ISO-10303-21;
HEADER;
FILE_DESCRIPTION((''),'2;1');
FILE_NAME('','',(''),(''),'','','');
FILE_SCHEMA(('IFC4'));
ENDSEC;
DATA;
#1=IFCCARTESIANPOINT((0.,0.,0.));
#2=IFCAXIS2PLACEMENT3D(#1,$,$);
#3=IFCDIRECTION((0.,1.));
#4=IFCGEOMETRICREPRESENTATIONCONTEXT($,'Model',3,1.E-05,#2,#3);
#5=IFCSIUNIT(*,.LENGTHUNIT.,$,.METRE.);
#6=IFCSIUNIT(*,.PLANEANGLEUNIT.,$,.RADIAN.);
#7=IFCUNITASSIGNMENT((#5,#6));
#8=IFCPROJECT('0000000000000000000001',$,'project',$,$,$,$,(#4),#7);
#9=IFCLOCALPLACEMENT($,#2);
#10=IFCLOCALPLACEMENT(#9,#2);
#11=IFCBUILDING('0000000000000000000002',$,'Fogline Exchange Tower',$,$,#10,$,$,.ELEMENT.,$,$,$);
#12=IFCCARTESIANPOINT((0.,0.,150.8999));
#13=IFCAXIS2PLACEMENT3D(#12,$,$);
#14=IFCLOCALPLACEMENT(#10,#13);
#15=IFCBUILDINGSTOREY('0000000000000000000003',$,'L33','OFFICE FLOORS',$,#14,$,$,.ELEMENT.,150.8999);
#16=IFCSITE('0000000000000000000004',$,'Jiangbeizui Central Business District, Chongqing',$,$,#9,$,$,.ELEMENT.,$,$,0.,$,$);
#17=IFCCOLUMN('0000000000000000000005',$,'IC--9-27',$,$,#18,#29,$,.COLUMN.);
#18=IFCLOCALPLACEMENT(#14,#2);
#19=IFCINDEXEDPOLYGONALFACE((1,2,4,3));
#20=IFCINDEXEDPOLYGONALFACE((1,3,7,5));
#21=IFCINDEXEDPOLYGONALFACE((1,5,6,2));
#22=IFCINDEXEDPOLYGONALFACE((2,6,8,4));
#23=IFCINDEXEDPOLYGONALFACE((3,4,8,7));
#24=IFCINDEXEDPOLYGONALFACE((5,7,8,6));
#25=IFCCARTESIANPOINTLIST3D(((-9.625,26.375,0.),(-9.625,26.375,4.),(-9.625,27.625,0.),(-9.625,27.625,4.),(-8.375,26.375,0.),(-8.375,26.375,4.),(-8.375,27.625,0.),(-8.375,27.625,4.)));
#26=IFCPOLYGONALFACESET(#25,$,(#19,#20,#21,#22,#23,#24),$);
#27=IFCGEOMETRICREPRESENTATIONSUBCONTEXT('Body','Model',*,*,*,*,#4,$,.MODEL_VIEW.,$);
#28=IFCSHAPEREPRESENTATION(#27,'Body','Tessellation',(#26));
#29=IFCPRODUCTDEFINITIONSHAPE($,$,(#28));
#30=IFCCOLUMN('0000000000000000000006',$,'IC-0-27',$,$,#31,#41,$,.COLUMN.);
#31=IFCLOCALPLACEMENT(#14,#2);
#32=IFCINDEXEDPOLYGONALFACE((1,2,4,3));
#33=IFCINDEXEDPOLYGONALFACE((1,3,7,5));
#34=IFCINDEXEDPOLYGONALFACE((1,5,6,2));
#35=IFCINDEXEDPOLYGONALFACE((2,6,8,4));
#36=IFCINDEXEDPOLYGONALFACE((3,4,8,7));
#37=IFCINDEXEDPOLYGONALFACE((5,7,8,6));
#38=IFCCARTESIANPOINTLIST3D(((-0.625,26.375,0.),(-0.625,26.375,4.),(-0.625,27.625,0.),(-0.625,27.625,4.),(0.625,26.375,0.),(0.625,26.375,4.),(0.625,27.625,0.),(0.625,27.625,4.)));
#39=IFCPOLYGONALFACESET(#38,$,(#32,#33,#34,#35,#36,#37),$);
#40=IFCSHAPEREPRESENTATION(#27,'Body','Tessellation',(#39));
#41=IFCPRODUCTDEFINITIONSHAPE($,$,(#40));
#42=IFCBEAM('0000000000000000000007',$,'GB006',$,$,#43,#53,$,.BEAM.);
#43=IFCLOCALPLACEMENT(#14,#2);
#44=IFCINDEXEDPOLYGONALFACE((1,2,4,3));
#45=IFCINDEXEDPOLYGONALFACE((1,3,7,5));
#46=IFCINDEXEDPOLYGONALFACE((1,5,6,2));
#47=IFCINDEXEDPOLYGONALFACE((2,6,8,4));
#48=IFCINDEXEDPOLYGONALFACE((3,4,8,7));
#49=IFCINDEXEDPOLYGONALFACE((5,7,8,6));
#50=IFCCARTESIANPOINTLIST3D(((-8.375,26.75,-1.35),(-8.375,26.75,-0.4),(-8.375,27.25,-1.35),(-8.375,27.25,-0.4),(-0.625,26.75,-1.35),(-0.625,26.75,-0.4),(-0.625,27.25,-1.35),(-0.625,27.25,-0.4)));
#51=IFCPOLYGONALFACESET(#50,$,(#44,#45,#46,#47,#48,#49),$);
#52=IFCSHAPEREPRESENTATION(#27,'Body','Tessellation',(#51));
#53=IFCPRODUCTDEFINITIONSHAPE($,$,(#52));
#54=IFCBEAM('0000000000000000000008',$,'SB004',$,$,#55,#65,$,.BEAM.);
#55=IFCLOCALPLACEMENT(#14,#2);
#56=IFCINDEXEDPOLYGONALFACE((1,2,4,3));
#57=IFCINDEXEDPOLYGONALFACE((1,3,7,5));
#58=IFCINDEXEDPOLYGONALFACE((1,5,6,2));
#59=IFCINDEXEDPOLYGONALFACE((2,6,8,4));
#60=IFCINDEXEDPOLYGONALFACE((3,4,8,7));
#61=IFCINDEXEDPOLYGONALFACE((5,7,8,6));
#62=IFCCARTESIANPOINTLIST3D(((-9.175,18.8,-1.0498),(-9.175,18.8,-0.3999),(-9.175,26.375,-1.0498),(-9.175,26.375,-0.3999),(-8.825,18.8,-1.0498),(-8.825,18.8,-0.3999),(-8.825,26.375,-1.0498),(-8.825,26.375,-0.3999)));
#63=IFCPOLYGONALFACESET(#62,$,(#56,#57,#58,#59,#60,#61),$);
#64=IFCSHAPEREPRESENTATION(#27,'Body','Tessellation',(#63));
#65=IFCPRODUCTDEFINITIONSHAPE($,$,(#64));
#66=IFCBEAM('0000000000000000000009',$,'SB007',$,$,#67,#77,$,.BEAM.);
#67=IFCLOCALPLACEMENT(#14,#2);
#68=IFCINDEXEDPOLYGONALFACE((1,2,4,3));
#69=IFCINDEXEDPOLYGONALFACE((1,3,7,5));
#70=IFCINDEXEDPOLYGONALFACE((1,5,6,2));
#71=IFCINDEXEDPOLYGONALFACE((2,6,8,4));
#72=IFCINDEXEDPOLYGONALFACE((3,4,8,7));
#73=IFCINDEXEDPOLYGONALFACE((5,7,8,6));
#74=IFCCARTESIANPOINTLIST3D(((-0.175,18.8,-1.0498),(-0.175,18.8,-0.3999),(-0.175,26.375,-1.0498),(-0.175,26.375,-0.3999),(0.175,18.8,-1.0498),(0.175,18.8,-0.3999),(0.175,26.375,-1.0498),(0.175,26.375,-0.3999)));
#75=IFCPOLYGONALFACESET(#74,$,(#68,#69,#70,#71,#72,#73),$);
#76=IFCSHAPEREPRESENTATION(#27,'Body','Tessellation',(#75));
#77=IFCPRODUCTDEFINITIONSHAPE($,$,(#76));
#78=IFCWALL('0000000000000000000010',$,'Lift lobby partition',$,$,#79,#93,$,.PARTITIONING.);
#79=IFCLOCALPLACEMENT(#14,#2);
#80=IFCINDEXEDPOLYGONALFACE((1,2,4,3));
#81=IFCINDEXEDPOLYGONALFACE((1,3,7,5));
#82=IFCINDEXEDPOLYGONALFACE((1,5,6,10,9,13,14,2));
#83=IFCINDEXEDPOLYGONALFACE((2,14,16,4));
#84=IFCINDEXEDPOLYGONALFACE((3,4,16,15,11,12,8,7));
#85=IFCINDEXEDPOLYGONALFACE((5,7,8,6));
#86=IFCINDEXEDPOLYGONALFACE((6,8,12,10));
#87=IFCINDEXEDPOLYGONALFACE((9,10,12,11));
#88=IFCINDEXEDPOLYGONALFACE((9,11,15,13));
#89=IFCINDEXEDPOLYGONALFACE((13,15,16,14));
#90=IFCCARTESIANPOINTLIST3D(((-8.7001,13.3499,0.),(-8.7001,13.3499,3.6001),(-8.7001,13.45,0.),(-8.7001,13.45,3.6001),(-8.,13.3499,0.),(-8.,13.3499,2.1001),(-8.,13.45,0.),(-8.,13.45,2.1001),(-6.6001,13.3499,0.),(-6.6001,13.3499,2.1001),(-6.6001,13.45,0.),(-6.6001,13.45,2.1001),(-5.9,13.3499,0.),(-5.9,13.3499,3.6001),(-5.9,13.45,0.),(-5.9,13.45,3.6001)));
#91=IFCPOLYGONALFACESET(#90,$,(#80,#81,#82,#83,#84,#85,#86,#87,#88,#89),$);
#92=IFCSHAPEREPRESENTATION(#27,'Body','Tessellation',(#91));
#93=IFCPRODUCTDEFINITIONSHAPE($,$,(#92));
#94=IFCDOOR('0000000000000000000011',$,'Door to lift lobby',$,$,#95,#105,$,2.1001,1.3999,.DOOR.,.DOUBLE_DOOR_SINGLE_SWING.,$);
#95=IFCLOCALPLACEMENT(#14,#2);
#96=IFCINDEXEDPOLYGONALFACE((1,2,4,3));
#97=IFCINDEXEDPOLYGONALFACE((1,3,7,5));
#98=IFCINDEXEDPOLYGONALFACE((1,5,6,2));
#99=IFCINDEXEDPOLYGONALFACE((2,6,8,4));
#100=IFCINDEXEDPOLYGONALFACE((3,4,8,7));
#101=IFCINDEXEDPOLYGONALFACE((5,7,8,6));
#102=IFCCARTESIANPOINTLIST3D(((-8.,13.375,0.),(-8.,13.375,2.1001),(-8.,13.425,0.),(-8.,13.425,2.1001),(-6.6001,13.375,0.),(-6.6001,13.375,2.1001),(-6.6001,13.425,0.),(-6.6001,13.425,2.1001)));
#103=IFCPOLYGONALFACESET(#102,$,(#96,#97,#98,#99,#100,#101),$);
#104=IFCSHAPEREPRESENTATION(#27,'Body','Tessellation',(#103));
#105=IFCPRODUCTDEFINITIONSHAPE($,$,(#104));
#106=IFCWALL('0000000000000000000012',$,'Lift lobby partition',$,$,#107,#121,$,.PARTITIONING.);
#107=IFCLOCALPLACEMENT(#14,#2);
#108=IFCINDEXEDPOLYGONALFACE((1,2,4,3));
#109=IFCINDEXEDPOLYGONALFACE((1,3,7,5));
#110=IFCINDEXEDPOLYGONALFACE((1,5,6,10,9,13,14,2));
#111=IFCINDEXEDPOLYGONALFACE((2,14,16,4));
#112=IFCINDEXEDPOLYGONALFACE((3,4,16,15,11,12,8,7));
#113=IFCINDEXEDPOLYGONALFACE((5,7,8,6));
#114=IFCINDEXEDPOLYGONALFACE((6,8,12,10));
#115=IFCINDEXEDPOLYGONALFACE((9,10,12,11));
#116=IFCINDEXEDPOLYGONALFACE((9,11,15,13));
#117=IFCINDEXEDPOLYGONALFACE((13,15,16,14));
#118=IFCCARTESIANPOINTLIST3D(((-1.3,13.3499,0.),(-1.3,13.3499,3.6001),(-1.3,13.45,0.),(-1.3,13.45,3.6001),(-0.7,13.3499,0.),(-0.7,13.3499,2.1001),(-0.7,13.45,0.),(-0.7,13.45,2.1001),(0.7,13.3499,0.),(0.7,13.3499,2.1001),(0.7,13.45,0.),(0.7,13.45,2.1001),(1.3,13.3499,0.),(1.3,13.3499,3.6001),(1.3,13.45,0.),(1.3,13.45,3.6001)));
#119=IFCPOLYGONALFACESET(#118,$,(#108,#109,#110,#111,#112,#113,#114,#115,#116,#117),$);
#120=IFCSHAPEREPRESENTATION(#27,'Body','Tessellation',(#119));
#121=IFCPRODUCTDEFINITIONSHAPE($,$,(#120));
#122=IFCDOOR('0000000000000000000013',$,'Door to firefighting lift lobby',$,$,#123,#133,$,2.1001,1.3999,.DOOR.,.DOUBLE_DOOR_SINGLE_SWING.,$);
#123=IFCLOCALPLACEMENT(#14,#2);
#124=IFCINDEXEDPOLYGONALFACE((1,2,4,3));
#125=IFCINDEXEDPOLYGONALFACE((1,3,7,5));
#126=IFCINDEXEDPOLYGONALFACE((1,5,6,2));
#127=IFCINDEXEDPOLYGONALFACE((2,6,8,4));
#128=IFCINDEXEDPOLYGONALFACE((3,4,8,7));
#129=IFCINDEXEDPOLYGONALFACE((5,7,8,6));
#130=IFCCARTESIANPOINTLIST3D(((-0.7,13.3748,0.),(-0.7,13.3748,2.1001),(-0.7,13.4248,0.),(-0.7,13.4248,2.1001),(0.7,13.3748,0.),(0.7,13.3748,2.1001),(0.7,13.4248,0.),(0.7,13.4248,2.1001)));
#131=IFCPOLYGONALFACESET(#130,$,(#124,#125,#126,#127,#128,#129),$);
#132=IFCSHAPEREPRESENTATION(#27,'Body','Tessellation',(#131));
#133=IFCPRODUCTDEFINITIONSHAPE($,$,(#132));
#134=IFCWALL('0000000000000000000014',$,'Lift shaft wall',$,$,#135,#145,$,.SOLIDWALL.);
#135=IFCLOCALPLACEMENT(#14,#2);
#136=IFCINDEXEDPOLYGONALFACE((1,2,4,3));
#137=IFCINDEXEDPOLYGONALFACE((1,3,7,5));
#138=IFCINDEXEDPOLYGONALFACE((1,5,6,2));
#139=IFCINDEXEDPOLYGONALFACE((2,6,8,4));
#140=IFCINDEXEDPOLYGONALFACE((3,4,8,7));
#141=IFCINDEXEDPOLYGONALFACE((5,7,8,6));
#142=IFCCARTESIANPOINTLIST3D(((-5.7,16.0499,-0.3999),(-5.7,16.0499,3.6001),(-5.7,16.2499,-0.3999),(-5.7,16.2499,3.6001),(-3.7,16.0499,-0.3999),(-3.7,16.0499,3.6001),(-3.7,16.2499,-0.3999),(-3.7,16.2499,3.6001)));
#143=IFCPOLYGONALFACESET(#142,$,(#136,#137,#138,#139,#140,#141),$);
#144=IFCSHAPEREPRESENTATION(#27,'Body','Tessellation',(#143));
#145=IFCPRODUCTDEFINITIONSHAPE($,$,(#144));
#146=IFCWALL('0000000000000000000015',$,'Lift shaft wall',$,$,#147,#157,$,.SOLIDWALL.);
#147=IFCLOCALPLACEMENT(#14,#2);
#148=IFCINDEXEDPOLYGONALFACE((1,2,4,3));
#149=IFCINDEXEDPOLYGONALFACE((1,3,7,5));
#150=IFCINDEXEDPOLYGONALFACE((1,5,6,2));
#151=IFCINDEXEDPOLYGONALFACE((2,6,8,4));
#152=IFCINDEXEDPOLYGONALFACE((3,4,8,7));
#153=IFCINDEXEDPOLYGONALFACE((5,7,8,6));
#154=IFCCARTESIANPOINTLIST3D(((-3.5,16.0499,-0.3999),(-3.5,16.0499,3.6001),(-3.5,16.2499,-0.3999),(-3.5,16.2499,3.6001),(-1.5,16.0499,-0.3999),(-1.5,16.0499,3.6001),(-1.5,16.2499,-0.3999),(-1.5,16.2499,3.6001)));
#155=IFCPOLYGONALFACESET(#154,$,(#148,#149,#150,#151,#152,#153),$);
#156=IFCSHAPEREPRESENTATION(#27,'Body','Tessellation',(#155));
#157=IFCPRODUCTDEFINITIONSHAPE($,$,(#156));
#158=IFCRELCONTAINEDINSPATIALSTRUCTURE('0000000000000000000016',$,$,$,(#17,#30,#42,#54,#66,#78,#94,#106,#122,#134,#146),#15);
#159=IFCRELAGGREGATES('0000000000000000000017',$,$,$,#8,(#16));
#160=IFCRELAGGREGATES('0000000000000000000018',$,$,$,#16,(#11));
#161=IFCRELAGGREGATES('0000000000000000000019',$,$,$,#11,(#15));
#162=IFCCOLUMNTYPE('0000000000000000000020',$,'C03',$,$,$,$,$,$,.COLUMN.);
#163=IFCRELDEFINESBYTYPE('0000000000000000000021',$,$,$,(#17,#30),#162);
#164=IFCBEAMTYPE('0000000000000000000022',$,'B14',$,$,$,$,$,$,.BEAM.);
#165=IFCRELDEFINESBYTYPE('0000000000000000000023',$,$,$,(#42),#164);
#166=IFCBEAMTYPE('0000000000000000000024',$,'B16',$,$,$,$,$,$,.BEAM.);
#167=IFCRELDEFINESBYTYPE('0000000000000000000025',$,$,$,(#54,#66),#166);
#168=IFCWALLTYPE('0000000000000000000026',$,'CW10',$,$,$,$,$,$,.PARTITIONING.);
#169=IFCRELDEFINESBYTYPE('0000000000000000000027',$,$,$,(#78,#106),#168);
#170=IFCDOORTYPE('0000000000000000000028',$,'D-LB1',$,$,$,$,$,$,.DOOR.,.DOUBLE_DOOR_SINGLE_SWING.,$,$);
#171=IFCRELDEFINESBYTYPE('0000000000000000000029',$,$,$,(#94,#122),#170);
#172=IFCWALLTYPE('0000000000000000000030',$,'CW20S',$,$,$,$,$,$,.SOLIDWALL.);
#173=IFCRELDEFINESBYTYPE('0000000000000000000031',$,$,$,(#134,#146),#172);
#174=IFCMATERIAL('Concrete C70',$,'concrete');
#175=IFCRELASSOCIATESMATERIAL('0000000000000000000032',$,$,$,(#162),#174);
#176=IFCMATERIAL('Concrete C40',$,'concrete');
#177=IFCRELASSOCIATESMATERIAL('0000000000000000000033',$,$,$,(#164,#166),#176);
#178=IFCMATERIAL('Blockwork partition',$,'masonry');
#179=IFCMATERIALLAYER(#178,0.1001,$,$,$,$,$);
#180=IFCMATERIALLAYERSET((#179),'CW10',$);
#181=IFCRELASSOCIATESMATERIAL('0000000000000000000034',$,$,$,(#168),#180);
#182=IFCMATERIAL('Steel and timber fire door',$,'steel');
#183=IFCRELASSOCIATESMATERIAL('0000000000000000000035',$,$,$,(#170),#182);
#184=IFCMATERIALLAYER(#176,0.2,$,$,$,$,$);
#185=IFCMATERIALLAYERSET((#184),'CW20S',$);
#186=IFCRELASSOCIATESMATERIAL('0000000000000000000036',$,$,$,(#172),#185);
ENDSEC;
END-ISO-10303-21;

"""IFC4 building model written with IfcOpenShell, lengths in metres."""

from ifc_helpers import new_model, si_unit, direction, frame, frame_2d, origin, origin_2d, place, context, subcontext, project, spatial, rectangle, extrude, material, layer, layer_set, material_profile, profile_set, type_object, element, fill, save


model = new_model("IFC4")

# Units and contexts
model_context = context("Model", 3, precision=1e-05, world=origin(), true_north=direction((0.0, 1.0)))
body_context = subcontext(model_context, "Body", "Model", "MODEL_VIEW")
ifc_project = project(units=[si_unit("LENGTHUNIT", "METRE"), si_unit("PLANEANGLEUNIT", "RADIAN")], contexts=[model_context])

# Site, building, storey
site_placement = place(None, origin())
site = spatial("IfcSite", under=ifc_project, at=site_placement, Name="Jiangbeizui Central Business District, Chongqing", CompositionType="ELEMENT", RefElevation=0.0)
building_placement = place(site_placement, origin())
building = spatial("IfcBuilding", under=site, at=building_placement, Name="Fogline Exchange Tower", CompositionType="ELEMENT")
storey_placement = place(building_placement, frame((0.0, 0.0, 150.8999)))
storey = spatial("IfcBuildingStorey", under=building, at=storey_placement, Name="L33", Description="OFFICE FLOORS", CompositionType="ELEMENT", Elevation=150.8999)

# Columns
ifc_material_1 = material(Name="Concrete C70", Category="concrete")
ifc_material_profile_1 = material_profile(ifc_material_1, rectangle(XDim=1.25, YDim=1.25, at=origin_2d()), Name="RC 1250x1250")
ifc_profile_set_1 = profile_set([ifc_material_profile_1], Name="Concrete C70")
column_type = type_object("IfcColumnType", Name="C03", PredefinedType="COLUMN", material=ifc_profile_set_1)
for number, where, z_axis, x_axis, name in (
    (1, (-9.0, 27.0, 0.0), (0.0, 0.0, 1.0), (1.0, 0.0, 0.0), "IC--9-27"),
    (2, (0.0, 27.0, 0.0), (0.0, 0.0, 1.0), (1.0, 0.0, 0.0), "IC-0-27"),
):
    element("IfcColumn", number, at=place(storey_placement, frame(where, z_axis=z_axis, x_axis=x_axis)), inside=storey, type_object=column_type, Name=name, PredefinedType="COLUMN", context=body_context, shape_type="SweptSolid", body=[
        extrude(rectangle(XDim=1.25, YDim=1.25, at=origin_2d()), origin(), (0.0, 0.0, 1.0), 4.0),
    ])

# Beams
ifc_material_2 = material(Name="Concrete C40", Category="concrete")
ifc_material_profile_2 = material_profile(ifc_material_2, rectangle(XDim=0.5, YDim=0.95, at=origin_2d()), Name="RC 500x950")
ifc_profile_set_2 = profile_set([ifc_material_profile_2], Name="Concrete C40")
beam_type_1 = type_object("IfcBeamType", Name="B14", PredefinedType="BEAM", material=ifc_profile_set_2)
beam_placement = place(storey_placement, frame((-8.375, 27.0, -0.875), z_axis=(1.0, 0.0, 0.0), x_axis=(0.0, 1.0, 0.0)))
element("IfcBeam", 3, at=beam_placement, inside=storey, type_object=beam_type_1, Name="GB006", PredefinedType="BEAM", context=body_context, shape_type="SweptSolid", body=[
    extrude(rectangle(XDim=0.5, YDim=0.95, at=origin_2d()), origin(), (0.0, 0.0, 1.0), 7.75),
])
ifc_material_profile_3 = material_profile(ifc_material_2, rectangle(XDim=0.3501, YDim=0.6499, at=origin_2d()), Name="RC 350x650")
ifc_profile_set_3 = profile_set([ifc_material_profile_3], Name="Concrete C40")
beam_type_2 = type_object("IfcBeamType", Name="B16", PredefinedType="BEAM", material=ifc_profile_set_3)
for number, where, z_axis, x_axis, name in (
    (4, (-9.0, 18.8, -0.7249), (0.0, 1.0, 0.0), (-1.0, 0.0, 0.0), "SB004"),
    (5, (0.0, 18.8, -0.7249), (0.0, 1.0, 0.0), (-1.0, 0.0, 0.0), "SB007"),
):
    element("IfcBeam", number, at=place(storey_placement, frame(where, z_axis=z_axis, x_axis=x_axis)), inside=storey, type_object=beam_type_2, Name=name, PredefinedType="BEAM", context=body_context, shape_type="SweptSolid", body=[
        extrude(rectangle(XDim=0.3501, YDim=0.6499, at=origin_2d()), origin(), (0.0, 0.0, 1.0), 7.575),
    ])

# Walls, openings, doors
ifc_material_3 = material(Name="Blockwork partition", Category="masonry")
ifc_layer_1 = layer(ifc_material_3, 0.1001)
ifc_layer_set_1 = layer_set([ifc_layer_1], Name="CW10")
wall_type_1 = type_object("IfcWallType", Name="CW10", PredefinedType="PARTITIONING", material=ifc_layer_set_1)
wall_1_placement = place(storey_placement, frame((-8.7, 13.3999, 0.0), z_axis=(0.0, 0.0, 1.0), x_axis=(1.0, 0.0, 0.0)))
wall_1 = element("IfcWall", 6, at=wall_1_placement, inside=storey, type_object=wall_type_1, Name="Lift lobby partition", PredefinedType="PARTITIONING", context=body_context, shape_type="SweptSolid", body=[
    extrude(rectangle(XDim=2.8, YDim=0.1001, at=frame_2d((1.3999, 0.0))), origin(), (0.0, 0.0, 1.0), 3.6001),
])
opening_1_placement = place(wall_1_placement, frame((0.7, 0.0, 0.0)))
opening_1 = element("IfcOpeningElement", 7, at=opening_1_placement, cuts=wall_1, PredefinedType="OPENING", context=body_context, shape_type="SweptSolid", body=[
    extrude(rectangle(XDim=1.3999, YDim=2.1001, at=frame_2d((0.7, 1.05))), frame((0.0, 0.0601, 0.0), z_axis=(0.0, -1.0, 0.0), x_axis=(1.0, 0.0, 0.0)), (0.0, 0.0, 1.0), 0.1201),
])
ifc_material_4 = material(Name="Steel and timber fire door", Category="steel")
door_type_1 = type_object("IfcDoorType", Name="D-LB1", OperationType="DOUBLE_DOOR_SINGLE_SWING", PredefinedType="DOOR", material=ifc_material_4)
door_1_placement = place(opening_1_placement, frame((1.3999, 0.0, 0.0), z_axis=(0.0, 0.0, 1.0), x_axis=(-1.0, 0.0, 0.0)))
door_1 = element("IfcDoor", 8, at=door_1_placement, inside=storey, type_object=door_type_1, Name="Door to lift lobby", OperationType="DOUBLE_DOOR_SINGLE_SWING", OverallHeight=2.1001, OverallWidth=1.3999, PredefinedType="DOOR", context=body_context, shape_type="SweptSolid", body=[
    extrude(rectangle(XDim=1.3999, YDim=2.1001, at=frame_2d((0.7, 1.05))), frame((0.0, 0.0249, 0.0), z_axis=(0.0, -1.0, 0.0), x_axis=(1.0, 0.0, 0.0)), (0.0, 0.0, 1.0), 0.05),
])
fill(opening_1, door_1)
wall_2_placement = place(storey_placement, frame((-1.3, 13.3999, 0.0), z_axis=(0.0, 0.0, 1.0), x_axis=(1.0, 0.0, 0.0)))
wall_2 = element("IfcWall", 9, at=wall_2_placement, inside=storey, type_object=wall_type_1, Name="Lift lobby partition", PredefinedType="PARTITIONING", context=body_context, shape_type="SweptSolid", body=[
    extrude(rectangle(XDim=2.6001, YDim=0.1001, at=frame_2d((1.3, 0.0))), origin(), (0.0, 0.0, 1.0), 3.6001),
])
opening_2_placement = place(wall_2_placement, frame((0.6001, 0.0, 0.0)))
opening_2 = element("IfcOpeningElement", 10, at=opening_2_placement, cuts=wall_2, PredefinedType="OPENING", context=body_context, shape_type="SweptSolid", body=[
    extrude(rectangle(XDim=1.3999, YDim=2.1001, at=frame_2d((0.7, 1.05))), frame((0.0, 0.0601, 0.0), z_axis=(0.0, -1.0, 0.0), x_axis=(1.0, 0.0, 0.0)), (0.0, 0.0, 1.0), 0.1201),
])
door_2_placement = place(opening_2_placement, origin())
door_2 = element("IfcDoor", 11, at=door_2_placement, inside=storey, type_object=door_type_1, Name="Door to firefighting lift lobby", OperationType="DOUBLE_DOOR_SINGLE_SWING", OverallHeight=2.1001, OverallWidth=1.3999, PredefinedType="DOOR", context=body_context, shape_type="SweptSolid", body=[
    extrude(rectangle(XDim=1.3999, YDim=2.1001, at=frame_2d((0.7, 1.05))), frame((0.0, 0.0249, 0.0), z_axis=(0.0, -1.0, 0.0), x_axis=(1.0, 0.0, 0.0)), (0.0, 0.0, 1.0), 0.05),
])
fill(opening_2, door_2)

# Walls
ifc_layer_2 = layer(ifc_material_2, 0.2)
ifc_layer_set_2 = layer_set([ifc_layer_2], Name="CW20S")
wall_type_2 = type_object("IfcWallType", Name="CW20S", PredefinedType="SOLIDWALL", material=ifc_layer_set_2)
for number, where, z_axis, x_axis, name in (
    (12, (-5.7, 16.1499, -0.3999), (0.0, 0.0, 1.0), (1.0, 0.0, 0.0), "Lift shaft wall"),
    (13, (-3.5, 16.1499, -0.3999), (0.0, 0.0, 1.0), (1.0, 0.0, 0.0), "Lift shaft wall"),
):
    element("IfcWall", number, at=place(storey_placement, frame(where, z_axis=z_axis, x_axis=x_axis)), inside=storey, type_object=wall_type_2, Name=name, PredefinedType="SOLIDWALL", context=body_context, shape_type="SweptSolid", body=[
        extrude(rectangle(XDim=2.0, YDim=0.2, at=frame_2d((1.0, 0.0))), origin(), (0.0, 0.0, 1.0), 4.0),
    ])

save(model, "model.ifc")
